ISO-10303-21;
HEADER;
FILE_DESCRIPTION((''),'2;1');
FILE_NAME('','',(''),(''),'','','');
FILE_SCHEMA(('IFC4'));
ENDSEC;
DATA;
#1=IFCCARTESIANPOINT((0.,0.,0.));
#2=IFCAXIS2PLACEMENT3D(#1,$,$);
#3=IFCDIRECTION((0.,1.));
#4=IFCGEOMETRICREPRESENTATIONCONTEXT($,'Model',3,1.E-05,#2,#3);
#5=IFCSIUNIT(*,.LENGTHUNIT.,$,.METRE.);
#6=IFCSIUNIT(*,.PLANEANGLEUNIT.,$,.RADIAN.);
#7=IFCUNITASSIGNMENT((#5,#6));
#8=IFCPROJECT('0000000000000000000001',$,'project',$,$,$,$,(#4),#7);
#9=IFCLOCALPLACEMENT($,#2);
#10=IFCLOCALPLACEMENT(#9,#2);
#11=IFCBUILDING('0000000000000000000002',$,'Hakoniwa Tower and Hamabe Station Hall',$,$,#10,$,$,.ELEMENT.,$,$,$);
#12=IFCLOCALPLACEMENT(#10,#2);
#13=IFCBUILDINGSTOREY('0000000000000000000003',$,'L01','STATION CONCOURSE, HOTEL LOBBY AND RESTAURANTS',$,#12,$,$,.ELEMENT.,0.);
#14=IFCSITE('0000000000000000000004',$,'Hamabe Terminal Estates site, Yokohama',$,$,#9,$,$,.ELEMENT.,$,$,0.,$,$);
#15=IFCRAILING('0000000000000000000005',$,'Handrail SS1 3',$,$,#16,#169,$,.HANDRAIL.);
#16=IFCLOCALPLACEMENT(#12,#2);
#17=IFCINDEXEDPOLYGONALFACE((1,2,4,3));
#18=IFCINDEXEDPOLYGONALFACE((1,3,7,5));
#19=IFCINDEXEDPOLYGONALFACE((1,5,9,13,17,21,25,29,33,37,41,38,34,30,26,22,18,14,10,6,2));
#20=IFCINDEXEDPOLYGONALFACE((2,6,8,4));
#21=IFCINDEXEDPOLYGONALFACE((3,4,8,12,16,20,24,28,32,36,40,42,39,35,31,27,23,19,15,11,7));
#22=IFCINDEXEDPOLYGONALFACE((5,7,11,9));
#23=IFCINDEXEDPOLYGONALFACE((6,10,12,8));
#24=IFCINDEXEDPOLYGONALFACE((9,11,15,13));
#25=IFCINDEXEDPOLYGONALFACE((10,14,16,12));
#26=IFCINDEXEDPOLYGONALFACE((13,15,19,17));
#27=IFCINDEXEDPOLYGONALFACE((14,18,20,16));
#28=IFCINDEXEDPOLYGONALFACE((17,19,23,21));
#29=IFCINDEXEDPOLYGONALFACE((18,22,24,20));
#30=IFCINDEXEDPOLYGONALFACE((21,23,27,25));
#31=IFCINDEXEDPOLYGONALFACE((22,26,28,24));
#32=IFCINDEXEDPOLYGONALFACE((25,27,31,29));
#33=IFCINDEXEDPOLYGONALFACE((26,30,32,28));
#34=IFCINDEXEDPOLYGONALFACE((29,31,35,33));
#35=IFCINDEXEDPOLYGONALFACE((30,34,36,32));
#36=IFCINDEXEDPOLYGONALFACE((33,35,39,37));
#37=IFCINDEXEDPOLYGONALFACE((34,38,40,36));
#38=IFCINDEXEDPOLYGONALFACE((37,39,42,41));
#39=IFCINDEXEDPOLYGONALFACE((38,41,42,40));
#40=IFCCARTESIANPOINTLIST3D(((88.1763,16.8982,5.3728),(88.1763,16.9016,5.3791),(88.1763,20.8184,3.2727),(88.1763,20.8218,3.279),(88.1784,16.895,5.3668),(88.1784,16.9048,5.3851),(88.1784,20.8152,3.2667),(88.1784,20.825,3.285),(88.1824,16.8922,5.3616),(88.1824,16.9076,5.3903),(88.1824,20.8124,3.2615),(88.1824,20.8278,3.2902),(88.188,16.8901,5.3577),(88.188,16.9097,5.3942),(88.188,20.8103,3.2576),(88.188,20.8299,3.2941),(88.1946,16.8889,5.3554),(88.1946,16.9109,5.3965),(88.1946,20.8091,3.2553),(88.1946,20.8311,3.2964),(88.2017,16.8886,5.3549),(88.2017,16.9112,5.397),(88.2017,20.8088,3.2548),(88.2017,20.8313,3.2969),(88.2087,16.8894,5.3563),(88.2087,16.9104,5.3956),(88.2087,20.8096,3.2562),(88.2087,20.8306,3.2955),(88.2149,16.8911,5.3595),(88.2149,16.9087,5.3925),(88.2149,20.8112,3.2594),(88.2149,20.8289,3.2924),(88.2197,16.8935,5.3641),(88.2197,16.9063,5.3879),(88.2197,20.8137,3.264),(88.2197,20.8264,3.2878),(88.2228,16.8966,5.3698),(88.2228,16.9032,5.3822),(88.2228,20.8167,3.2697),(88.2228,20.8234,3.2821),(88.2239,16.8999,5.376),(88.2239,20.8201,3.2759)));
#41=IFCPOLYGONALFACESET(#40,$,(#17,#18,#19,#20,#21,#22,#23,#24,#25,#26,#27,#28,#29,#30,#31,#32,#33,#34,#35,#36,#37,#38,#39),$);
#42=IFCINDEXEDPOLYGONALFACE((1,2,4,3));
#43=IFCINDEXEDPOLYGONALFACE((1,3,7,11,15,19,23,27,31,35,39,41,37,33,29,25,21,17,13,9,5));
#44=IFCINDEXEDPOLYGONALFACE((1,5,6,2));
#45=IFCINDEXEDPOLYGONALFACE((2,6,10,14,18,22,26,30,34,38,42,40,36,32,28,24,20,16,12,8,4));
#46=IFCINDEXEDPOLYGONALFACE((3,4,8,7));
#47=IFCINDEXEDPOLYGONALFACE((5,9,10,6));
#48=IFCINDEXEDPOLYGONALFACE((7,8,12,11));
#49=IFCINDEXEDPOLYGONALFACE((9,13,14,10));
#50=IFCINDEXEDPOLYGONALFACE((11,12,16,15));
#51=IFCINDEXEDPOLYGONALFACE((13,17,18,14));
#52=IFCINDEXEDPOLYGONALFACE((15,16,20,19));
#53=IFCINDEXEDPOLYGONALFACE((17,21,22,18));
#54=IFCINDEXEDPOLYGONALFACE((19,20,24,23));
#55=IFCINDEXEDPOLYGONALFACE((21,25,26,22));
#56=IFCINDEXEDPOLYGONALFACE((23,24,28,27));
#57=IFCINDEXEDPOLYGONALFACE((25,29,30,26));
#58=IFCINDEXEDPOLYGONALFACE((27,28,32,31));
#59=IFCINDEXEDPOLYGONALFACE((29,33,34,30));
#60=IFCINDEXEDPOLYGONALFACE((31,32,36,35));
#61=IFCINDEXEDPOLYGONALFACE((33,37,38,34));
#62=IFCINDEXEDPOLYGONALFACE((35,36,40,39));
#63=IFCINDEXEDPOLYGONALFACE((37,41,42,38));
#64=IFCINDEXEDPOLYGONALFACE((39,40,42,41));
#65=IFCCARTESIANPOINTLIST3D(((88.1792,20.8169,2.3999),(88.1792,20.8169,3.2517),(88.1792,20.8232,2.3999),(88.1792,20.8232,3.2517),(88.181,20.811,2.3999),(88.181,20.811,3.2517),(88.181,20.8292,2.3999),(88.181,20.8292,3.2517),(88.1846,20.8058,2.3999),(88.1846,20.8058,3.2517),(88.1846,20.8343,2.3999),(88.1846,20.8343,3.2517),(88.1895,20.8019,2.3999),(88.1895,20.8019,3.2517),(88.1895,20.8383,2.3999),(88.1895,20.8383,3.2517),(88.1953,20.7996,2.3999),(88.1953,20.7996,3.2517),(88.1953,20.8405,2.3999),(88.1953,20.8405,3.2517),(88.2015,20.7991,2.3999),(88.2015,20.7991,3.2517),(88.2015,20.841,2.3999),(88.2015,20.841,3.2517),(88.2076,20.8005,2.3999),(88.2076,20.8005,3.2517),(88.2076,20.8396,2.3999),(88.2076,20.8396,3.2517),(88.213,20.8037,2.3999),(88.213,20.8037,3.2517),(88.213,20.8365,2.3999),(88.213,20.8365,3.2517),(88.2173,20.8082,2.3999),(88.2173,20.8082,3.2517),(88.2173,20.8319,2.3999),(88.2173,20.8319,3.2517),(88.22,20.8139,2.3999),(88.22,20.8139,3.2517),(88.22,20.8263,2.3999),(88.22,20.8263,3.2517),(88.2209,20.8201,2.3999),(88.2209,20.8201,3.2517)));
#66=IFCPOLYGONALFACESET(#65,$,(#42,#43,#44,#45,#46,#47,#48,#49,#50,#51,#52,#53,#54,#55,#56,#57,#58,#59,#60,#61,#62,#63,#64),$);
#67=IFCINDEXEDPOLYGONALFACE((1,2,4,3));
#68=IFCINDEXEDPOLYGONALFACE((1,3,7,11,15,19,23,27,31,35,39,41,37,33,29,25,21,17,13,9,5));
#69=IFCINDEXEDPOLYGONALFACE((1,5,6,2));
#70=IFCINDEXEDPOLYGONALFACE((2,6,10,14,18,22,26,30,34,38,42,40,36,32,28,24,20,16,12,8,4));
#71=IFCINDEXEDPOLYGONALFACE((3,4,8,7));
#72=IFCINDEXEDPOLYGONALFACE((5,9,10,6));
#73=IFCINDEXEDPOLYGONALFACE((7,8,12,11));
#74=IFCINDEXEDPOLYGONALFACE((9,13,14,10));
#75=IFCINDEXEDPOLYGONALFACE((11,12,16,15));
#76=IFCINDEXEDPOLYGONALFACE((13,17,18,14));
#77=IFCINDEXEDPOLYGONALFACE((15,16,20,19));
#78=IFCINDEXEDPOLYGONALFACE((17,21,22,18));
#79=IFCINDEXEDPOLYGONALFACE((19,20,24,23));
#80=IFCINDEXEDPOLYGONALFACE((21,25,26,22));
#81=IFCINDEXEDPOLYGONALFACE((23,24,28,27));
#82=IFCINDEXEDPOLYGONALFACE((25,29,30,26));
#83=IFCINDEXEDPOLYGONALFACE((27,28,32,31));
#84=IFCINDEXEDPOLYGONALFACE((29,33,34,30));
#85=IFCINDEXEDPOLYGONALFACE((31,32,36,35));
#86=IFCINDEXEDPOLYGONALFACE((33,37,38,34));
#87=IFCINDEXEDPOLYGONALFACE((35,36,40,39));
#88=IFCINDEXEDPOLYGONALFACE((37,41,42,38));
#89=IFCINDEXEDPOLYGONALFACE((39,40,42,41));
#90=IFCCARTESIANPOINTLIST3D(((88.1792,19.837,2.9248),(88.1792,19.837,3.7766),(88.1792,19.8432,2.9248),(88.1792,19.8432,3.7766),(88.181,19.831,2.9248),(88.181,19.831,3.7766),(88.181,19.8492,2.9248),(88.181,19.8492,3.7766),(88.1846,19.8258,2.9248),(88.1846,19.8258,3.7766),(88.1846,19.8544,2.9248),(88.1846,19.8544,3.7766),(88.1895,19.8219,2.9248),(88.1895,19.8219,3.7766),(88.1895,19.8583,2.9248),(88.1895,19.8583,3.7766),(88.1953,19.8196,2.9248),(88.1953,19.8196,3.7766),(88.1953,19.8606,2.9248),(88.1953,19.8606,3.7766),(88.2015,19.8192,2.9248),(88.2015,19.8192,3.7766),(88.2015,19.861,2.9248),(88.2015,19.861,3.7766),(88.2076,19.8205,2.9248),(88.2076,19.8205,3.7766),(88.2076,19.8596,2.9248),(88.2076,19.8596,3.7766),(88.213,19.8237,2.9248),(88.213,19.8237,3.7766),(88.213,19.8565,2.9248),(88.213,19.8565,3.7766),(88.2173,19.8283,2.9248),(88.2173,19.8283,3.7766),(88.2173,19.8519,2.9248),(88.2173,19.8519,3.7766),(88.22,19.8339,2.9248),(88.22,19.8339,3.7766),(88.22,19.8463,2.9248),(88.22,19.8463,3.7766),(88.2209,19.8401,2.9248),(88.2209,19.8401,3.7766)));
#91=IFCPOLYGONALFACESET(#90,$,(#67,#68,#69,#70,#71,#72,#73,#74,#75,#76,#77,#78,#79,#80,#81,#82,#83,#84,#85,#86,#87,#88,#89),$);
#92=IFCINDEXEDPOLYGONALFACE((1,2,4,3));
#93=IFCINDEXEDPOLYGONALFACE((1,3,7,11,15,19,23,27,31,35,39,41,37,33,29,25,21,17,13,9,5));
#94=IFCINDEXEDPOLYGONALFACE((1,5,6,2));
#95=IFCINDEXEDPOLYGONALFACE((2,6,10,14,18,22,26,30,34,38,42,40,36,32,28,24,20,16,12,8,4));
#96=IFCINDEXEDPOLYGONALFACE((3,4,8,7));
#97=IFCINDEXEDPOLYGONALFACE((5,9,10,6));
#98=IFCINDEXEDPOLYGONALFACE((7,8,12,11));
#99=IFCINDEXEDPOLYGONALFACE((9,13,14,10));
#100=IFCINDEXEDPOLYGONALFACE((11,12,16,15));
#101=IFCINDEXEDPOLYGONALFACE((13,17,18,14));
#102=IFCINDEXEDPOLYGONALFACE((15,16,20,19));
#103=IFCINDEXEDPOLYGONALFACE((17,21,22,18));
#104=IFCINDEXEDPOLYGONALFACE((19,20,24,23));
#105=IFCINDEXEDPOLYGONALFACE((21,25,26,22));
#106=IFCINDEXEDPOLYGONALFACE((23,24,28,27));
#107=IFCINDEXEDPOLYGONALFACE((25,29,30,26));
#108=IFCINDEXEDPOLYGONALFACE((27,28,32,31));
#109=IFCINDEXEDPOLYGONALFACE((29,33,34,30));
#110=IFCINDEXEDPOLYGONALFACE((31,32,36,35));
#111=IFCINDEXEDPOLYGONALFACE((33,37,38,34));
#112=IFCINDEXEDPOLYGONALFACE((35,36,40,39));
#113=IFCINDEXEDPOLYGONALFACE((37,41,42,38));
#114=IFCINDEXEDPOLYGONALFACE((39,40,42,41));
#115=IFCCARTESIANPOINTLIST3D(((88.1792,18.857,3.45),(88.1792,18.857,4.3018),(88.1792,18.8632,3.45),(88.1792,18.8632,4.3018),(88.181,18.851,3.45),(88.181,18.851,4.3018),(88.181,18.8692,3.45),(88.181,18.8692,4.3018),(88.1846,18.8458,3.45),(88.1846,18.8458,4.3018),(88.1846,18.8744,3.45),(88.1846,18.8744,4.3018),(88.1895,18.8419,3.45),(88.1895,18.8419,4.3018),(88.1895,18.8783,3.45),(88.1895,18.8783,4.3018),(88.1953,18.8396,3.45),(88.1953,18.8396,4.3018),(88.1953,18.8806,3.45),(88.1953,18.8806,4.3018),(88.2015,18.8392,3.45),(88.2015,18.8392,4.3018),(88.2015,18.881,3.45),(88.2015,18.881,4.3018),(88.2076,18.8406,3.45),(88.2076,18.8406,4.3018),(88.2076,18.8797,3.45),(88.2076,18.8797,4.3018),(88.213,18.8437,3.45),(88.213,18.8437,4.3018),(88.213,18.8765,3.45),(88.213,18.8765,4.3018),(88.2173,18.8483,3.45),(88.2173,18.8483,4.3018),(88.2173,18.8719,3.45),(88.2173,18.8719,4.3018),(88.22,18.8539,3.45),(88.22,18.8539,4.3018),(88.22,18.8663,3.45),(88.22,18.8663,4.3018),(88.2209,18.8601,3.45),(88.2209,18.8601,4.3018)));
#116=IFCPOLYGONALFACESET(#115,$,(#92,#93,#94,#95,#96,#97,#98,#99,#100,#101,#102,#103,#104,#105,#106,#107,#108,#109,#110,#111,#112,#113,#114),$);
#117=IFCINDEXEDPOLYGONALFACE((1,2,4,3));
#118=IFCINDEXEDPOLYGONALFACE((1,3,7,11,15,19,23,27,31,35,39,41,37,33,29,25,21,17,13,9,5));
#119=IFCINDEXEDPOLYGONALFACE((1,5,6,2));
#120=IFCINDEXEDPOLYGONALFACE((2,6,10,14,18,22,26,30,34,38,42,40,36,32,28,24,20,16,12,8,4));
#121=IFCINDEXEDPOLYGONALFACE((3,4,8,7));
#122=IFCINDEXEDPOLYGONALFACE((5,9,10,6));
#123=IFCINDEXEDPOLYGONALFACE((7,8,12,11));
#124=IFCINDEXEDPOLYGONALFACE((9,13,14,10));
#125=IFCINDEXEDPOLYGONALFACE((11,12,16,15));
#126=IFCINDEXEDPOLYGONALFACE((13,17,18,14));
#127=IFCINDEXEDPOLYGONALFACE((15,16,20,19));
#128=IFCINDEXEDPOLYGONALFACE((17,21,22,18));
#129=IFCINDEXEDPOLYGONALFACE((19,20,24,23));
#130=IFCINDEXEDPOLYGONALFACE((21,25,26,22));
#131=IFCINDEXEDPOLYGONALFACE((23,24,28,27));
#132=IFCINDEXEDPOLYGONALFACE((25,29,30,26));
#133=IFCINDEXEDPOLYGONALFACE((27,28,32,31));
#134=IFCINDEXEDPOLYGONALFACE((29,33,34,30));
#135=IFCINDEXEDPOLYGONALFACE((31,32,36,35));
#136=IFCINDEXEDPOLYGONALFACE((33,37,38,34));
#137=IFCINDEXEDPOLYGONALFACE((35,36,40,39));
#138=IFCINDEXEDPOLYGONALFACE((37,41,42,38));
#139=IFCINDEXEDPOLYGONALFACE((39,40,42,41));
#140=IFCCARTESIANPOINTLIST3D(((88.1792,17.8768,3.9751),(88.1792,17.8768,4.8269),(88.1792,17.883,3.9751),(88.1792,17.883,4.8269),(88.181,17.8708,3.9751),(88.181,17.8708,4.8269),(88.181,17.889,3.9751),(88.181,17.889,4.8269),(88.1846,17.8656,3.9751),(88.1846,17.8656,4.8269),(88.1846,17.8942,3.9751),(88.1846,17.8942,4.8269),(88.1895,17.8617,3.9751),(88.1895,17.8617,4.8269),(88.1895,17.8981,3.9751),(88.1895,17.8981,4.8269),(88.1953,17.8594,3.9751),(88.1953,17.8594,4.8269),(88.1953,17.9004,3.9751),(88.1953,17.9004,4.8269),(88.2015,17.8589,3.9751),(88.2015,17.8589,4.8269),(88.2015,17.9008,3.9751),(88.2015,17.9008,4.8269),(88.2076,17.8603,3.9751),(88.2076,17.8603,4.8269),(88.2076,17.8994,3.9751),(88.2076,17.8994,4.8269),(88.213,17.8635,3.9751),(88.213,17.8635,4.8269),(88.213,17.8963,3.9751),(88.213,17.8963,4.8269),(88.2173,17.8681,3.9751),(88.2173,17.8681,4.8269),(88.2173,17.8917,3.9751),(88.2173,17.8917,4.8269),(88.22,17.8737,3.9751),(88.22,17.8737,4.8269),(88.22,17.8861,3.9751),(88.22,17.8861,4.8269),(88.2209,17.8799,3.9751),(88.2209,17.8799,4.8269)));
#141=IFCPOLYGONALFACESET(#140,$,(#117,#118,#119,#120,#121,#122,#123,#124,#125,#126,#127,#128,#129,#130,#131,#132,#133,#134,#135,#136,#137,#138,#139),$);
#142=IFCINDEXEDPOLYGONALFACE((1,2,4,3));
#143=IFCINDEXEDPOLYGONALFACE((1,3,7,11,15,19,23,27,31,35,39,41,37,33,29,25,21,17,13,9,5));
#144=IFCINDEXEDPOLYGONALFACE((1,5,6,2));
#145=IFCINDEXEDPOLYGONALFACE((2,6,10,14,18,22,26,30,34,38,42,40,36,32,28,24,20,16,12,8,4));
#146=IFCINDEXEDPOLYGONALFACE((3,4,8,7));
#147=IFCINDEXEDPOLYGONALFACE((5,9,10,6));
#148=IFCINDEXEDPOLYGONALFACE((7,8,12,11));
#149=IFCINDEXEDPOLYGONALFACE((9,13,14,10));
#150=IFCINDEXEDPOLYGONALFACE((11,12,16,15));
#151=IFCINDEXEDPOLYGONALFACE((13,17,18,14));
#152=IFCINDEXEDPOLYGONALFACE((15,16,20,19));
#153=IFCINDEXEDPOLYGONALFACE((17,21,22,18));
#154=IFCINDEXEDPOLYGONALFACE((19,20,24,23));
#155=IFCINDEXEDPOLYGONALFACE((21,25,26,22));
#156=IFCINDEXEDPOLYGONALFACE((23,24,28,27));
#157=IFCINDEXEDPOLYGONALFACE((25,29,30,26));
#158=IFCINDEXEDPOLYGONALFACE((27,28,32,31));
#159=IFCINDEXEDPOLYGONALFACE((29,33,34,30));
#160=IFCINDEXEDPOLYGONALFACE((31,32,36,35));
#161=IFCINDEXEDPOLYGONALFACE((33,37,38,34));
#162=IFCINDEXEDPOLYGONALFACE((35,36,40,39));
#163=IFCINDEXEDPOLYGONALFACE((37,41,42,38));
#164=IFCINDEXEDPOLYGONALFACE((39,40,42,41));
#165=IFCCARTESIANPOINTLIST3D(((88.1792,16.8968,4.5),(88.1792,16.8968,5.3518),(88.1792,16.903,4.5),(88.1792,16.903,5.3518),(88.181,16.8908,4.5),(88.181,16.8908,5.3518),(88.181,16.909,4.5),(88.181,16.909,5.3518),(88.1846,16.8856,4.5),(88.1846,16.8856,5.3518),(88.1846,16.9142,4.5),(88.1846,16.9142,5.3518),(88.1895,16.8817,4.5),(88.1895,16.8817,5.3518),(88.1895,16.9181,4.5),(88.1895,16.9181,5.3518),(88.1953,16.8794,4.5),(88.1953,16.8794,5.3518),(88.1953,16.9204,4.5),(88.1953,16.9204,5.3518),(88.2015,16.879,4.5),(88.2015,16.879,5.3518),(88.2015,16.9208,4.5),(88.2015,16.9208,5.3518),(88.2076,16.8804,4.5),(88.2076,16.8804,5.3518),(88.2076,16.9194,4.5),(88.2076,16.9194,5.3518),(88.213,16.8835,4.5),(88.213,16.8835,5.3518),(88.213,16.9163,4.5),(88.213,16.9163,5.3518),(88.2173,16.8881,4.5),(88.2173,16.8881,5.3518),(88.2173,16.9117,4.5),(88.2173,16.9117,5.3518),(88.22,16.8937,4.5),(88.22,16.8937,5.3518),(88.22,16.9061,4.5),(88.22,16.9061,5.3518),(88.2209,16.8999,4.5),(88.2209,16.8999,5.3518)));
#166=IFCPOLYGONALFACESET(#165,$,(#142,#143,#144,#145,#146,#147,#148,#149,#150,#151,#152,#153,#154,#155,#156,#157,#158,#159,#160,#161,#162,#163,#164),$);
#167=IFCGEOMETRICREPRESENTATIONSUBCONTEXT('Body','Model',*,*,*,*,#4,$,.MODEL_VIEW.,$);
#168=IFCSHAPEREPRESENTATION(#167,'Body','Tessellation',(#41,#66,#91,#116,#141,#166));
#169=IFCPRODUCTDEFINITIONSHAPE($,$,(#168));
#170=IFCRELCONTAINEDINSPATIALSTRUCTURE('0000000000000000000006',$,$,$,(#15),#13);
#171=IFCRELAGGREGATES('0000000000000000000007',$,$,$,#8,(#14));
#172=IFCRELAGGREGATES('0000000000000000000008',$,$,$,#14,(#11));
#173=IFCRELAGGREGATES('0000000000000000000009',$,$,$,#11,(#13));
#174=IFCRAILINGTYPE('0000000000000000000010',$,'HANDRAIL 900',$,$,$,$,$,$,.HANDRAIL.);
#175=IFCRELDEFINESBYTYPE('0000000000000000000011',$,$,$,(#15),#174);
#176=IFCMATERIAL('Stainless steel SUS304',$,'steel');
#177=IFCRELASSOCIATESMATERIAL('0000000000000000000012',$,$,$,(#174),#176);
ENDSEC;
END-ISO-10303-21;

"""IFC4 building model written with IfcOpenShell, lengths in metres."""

from ifc_helpers import new_model, si_unit, direction, frame, origin, origin_2d, place, context, subcontext, project, spatial, circle, extrude, material, type_object, element, save


model = new_model("IFC4")

# Units and contexts
model_context = context("Model", 3, precision=1e-05, world=origin(), true_north=direction((0.0, 1.0)))
body_context = subcontext(model_context, "Body", "Model", "MODEL_VIEW")
ifc_project = project(units=[si_unit("LENGTHUNIT", "METRE"), si_unit("PLANEANGLEUNIT", "RADIAN")], contexts=[model_context])

# Site, building, storey
site_placement = place(None, origin())
site = spatial("IfcSite", under=ifc_project, at=site_placement, Name="Hamabe Terminal Estates site, Yokohama", CompositionType="ELEMENT", RefElevation=0.0)
building_placement = place(site_placement, origin())
building = spatial("IfcBuilding", under=site, at=building_placement, Name="Hakoniwa Tower and Hamabe Station Hall", CompositionType="ELEMENT")
storey_placement = place(building_placement, origin())
storey = spatial("IfcBuildingStorey", under=building, at=storey_placement, Name="L01", Description="STATION CONCOURSE, HOTEL LOBBY AND RESTAURANTS", CompositionType="ELEMENT", Elevation=0.0)

# Railing
ifc_material_1 = material(Name="Stainless steel SUS304", Category="steel")
railing_type = type_object("IfcRailingType", Name="HANDRAIL 900", PredefinedType="HANDRAIL", material=ifc_material_1)
for number, where, name in (
    (1, (88.2, 20.8201, 2.3999), "Handrail SS1 3"),
):
    element("IfcRailing", number, at=place(storey_placement, frame(where)), inside=storey, type_object=railing_type, Name=name, PredefinedType="HANDRAIL", context=body_context, shape_type="SweptSolid", body=[
        extrude(circle(Radius=0.0239, at=origin_2d()), frame((0.0, 0.0, 0.876), z_axis=(0.0, -0.881479, 0.472223), x_axis=(1.0, 0.0, 0.0)), (0.0, 0.0, 1.0), 4.4473),
        extrude(circle(Radius=0.021, at=origin_2d()), origin(), (0.0, 0.0, 1.0), 0.8518),
        extrude(circle(Radius=0.021, at=origin_2d()), frame((0.0, -0.98, 0.5249)), (0.0, 0.0, 1.0), 0.8518),
        extrude(circle(Radius=0.021, at=origin_2d()), frame((0.0, -1.96, 1.05)), (0.0, 0.0, 1.0), 0.8518),
        extrude(circle(Radius=0.021, at=origin_2d()), frame((0.0, -2.9402, 1.5752)), (0.0, 0.0, 1.0), 0.8518),
        extrude(circle(Radius=0.021, at=origin_2d()), frame((0.0, -3.9202, 2.1001)), (0.0, 0.0, 1.0), 0.8518),
    ])

save(model, "model.ifc")
